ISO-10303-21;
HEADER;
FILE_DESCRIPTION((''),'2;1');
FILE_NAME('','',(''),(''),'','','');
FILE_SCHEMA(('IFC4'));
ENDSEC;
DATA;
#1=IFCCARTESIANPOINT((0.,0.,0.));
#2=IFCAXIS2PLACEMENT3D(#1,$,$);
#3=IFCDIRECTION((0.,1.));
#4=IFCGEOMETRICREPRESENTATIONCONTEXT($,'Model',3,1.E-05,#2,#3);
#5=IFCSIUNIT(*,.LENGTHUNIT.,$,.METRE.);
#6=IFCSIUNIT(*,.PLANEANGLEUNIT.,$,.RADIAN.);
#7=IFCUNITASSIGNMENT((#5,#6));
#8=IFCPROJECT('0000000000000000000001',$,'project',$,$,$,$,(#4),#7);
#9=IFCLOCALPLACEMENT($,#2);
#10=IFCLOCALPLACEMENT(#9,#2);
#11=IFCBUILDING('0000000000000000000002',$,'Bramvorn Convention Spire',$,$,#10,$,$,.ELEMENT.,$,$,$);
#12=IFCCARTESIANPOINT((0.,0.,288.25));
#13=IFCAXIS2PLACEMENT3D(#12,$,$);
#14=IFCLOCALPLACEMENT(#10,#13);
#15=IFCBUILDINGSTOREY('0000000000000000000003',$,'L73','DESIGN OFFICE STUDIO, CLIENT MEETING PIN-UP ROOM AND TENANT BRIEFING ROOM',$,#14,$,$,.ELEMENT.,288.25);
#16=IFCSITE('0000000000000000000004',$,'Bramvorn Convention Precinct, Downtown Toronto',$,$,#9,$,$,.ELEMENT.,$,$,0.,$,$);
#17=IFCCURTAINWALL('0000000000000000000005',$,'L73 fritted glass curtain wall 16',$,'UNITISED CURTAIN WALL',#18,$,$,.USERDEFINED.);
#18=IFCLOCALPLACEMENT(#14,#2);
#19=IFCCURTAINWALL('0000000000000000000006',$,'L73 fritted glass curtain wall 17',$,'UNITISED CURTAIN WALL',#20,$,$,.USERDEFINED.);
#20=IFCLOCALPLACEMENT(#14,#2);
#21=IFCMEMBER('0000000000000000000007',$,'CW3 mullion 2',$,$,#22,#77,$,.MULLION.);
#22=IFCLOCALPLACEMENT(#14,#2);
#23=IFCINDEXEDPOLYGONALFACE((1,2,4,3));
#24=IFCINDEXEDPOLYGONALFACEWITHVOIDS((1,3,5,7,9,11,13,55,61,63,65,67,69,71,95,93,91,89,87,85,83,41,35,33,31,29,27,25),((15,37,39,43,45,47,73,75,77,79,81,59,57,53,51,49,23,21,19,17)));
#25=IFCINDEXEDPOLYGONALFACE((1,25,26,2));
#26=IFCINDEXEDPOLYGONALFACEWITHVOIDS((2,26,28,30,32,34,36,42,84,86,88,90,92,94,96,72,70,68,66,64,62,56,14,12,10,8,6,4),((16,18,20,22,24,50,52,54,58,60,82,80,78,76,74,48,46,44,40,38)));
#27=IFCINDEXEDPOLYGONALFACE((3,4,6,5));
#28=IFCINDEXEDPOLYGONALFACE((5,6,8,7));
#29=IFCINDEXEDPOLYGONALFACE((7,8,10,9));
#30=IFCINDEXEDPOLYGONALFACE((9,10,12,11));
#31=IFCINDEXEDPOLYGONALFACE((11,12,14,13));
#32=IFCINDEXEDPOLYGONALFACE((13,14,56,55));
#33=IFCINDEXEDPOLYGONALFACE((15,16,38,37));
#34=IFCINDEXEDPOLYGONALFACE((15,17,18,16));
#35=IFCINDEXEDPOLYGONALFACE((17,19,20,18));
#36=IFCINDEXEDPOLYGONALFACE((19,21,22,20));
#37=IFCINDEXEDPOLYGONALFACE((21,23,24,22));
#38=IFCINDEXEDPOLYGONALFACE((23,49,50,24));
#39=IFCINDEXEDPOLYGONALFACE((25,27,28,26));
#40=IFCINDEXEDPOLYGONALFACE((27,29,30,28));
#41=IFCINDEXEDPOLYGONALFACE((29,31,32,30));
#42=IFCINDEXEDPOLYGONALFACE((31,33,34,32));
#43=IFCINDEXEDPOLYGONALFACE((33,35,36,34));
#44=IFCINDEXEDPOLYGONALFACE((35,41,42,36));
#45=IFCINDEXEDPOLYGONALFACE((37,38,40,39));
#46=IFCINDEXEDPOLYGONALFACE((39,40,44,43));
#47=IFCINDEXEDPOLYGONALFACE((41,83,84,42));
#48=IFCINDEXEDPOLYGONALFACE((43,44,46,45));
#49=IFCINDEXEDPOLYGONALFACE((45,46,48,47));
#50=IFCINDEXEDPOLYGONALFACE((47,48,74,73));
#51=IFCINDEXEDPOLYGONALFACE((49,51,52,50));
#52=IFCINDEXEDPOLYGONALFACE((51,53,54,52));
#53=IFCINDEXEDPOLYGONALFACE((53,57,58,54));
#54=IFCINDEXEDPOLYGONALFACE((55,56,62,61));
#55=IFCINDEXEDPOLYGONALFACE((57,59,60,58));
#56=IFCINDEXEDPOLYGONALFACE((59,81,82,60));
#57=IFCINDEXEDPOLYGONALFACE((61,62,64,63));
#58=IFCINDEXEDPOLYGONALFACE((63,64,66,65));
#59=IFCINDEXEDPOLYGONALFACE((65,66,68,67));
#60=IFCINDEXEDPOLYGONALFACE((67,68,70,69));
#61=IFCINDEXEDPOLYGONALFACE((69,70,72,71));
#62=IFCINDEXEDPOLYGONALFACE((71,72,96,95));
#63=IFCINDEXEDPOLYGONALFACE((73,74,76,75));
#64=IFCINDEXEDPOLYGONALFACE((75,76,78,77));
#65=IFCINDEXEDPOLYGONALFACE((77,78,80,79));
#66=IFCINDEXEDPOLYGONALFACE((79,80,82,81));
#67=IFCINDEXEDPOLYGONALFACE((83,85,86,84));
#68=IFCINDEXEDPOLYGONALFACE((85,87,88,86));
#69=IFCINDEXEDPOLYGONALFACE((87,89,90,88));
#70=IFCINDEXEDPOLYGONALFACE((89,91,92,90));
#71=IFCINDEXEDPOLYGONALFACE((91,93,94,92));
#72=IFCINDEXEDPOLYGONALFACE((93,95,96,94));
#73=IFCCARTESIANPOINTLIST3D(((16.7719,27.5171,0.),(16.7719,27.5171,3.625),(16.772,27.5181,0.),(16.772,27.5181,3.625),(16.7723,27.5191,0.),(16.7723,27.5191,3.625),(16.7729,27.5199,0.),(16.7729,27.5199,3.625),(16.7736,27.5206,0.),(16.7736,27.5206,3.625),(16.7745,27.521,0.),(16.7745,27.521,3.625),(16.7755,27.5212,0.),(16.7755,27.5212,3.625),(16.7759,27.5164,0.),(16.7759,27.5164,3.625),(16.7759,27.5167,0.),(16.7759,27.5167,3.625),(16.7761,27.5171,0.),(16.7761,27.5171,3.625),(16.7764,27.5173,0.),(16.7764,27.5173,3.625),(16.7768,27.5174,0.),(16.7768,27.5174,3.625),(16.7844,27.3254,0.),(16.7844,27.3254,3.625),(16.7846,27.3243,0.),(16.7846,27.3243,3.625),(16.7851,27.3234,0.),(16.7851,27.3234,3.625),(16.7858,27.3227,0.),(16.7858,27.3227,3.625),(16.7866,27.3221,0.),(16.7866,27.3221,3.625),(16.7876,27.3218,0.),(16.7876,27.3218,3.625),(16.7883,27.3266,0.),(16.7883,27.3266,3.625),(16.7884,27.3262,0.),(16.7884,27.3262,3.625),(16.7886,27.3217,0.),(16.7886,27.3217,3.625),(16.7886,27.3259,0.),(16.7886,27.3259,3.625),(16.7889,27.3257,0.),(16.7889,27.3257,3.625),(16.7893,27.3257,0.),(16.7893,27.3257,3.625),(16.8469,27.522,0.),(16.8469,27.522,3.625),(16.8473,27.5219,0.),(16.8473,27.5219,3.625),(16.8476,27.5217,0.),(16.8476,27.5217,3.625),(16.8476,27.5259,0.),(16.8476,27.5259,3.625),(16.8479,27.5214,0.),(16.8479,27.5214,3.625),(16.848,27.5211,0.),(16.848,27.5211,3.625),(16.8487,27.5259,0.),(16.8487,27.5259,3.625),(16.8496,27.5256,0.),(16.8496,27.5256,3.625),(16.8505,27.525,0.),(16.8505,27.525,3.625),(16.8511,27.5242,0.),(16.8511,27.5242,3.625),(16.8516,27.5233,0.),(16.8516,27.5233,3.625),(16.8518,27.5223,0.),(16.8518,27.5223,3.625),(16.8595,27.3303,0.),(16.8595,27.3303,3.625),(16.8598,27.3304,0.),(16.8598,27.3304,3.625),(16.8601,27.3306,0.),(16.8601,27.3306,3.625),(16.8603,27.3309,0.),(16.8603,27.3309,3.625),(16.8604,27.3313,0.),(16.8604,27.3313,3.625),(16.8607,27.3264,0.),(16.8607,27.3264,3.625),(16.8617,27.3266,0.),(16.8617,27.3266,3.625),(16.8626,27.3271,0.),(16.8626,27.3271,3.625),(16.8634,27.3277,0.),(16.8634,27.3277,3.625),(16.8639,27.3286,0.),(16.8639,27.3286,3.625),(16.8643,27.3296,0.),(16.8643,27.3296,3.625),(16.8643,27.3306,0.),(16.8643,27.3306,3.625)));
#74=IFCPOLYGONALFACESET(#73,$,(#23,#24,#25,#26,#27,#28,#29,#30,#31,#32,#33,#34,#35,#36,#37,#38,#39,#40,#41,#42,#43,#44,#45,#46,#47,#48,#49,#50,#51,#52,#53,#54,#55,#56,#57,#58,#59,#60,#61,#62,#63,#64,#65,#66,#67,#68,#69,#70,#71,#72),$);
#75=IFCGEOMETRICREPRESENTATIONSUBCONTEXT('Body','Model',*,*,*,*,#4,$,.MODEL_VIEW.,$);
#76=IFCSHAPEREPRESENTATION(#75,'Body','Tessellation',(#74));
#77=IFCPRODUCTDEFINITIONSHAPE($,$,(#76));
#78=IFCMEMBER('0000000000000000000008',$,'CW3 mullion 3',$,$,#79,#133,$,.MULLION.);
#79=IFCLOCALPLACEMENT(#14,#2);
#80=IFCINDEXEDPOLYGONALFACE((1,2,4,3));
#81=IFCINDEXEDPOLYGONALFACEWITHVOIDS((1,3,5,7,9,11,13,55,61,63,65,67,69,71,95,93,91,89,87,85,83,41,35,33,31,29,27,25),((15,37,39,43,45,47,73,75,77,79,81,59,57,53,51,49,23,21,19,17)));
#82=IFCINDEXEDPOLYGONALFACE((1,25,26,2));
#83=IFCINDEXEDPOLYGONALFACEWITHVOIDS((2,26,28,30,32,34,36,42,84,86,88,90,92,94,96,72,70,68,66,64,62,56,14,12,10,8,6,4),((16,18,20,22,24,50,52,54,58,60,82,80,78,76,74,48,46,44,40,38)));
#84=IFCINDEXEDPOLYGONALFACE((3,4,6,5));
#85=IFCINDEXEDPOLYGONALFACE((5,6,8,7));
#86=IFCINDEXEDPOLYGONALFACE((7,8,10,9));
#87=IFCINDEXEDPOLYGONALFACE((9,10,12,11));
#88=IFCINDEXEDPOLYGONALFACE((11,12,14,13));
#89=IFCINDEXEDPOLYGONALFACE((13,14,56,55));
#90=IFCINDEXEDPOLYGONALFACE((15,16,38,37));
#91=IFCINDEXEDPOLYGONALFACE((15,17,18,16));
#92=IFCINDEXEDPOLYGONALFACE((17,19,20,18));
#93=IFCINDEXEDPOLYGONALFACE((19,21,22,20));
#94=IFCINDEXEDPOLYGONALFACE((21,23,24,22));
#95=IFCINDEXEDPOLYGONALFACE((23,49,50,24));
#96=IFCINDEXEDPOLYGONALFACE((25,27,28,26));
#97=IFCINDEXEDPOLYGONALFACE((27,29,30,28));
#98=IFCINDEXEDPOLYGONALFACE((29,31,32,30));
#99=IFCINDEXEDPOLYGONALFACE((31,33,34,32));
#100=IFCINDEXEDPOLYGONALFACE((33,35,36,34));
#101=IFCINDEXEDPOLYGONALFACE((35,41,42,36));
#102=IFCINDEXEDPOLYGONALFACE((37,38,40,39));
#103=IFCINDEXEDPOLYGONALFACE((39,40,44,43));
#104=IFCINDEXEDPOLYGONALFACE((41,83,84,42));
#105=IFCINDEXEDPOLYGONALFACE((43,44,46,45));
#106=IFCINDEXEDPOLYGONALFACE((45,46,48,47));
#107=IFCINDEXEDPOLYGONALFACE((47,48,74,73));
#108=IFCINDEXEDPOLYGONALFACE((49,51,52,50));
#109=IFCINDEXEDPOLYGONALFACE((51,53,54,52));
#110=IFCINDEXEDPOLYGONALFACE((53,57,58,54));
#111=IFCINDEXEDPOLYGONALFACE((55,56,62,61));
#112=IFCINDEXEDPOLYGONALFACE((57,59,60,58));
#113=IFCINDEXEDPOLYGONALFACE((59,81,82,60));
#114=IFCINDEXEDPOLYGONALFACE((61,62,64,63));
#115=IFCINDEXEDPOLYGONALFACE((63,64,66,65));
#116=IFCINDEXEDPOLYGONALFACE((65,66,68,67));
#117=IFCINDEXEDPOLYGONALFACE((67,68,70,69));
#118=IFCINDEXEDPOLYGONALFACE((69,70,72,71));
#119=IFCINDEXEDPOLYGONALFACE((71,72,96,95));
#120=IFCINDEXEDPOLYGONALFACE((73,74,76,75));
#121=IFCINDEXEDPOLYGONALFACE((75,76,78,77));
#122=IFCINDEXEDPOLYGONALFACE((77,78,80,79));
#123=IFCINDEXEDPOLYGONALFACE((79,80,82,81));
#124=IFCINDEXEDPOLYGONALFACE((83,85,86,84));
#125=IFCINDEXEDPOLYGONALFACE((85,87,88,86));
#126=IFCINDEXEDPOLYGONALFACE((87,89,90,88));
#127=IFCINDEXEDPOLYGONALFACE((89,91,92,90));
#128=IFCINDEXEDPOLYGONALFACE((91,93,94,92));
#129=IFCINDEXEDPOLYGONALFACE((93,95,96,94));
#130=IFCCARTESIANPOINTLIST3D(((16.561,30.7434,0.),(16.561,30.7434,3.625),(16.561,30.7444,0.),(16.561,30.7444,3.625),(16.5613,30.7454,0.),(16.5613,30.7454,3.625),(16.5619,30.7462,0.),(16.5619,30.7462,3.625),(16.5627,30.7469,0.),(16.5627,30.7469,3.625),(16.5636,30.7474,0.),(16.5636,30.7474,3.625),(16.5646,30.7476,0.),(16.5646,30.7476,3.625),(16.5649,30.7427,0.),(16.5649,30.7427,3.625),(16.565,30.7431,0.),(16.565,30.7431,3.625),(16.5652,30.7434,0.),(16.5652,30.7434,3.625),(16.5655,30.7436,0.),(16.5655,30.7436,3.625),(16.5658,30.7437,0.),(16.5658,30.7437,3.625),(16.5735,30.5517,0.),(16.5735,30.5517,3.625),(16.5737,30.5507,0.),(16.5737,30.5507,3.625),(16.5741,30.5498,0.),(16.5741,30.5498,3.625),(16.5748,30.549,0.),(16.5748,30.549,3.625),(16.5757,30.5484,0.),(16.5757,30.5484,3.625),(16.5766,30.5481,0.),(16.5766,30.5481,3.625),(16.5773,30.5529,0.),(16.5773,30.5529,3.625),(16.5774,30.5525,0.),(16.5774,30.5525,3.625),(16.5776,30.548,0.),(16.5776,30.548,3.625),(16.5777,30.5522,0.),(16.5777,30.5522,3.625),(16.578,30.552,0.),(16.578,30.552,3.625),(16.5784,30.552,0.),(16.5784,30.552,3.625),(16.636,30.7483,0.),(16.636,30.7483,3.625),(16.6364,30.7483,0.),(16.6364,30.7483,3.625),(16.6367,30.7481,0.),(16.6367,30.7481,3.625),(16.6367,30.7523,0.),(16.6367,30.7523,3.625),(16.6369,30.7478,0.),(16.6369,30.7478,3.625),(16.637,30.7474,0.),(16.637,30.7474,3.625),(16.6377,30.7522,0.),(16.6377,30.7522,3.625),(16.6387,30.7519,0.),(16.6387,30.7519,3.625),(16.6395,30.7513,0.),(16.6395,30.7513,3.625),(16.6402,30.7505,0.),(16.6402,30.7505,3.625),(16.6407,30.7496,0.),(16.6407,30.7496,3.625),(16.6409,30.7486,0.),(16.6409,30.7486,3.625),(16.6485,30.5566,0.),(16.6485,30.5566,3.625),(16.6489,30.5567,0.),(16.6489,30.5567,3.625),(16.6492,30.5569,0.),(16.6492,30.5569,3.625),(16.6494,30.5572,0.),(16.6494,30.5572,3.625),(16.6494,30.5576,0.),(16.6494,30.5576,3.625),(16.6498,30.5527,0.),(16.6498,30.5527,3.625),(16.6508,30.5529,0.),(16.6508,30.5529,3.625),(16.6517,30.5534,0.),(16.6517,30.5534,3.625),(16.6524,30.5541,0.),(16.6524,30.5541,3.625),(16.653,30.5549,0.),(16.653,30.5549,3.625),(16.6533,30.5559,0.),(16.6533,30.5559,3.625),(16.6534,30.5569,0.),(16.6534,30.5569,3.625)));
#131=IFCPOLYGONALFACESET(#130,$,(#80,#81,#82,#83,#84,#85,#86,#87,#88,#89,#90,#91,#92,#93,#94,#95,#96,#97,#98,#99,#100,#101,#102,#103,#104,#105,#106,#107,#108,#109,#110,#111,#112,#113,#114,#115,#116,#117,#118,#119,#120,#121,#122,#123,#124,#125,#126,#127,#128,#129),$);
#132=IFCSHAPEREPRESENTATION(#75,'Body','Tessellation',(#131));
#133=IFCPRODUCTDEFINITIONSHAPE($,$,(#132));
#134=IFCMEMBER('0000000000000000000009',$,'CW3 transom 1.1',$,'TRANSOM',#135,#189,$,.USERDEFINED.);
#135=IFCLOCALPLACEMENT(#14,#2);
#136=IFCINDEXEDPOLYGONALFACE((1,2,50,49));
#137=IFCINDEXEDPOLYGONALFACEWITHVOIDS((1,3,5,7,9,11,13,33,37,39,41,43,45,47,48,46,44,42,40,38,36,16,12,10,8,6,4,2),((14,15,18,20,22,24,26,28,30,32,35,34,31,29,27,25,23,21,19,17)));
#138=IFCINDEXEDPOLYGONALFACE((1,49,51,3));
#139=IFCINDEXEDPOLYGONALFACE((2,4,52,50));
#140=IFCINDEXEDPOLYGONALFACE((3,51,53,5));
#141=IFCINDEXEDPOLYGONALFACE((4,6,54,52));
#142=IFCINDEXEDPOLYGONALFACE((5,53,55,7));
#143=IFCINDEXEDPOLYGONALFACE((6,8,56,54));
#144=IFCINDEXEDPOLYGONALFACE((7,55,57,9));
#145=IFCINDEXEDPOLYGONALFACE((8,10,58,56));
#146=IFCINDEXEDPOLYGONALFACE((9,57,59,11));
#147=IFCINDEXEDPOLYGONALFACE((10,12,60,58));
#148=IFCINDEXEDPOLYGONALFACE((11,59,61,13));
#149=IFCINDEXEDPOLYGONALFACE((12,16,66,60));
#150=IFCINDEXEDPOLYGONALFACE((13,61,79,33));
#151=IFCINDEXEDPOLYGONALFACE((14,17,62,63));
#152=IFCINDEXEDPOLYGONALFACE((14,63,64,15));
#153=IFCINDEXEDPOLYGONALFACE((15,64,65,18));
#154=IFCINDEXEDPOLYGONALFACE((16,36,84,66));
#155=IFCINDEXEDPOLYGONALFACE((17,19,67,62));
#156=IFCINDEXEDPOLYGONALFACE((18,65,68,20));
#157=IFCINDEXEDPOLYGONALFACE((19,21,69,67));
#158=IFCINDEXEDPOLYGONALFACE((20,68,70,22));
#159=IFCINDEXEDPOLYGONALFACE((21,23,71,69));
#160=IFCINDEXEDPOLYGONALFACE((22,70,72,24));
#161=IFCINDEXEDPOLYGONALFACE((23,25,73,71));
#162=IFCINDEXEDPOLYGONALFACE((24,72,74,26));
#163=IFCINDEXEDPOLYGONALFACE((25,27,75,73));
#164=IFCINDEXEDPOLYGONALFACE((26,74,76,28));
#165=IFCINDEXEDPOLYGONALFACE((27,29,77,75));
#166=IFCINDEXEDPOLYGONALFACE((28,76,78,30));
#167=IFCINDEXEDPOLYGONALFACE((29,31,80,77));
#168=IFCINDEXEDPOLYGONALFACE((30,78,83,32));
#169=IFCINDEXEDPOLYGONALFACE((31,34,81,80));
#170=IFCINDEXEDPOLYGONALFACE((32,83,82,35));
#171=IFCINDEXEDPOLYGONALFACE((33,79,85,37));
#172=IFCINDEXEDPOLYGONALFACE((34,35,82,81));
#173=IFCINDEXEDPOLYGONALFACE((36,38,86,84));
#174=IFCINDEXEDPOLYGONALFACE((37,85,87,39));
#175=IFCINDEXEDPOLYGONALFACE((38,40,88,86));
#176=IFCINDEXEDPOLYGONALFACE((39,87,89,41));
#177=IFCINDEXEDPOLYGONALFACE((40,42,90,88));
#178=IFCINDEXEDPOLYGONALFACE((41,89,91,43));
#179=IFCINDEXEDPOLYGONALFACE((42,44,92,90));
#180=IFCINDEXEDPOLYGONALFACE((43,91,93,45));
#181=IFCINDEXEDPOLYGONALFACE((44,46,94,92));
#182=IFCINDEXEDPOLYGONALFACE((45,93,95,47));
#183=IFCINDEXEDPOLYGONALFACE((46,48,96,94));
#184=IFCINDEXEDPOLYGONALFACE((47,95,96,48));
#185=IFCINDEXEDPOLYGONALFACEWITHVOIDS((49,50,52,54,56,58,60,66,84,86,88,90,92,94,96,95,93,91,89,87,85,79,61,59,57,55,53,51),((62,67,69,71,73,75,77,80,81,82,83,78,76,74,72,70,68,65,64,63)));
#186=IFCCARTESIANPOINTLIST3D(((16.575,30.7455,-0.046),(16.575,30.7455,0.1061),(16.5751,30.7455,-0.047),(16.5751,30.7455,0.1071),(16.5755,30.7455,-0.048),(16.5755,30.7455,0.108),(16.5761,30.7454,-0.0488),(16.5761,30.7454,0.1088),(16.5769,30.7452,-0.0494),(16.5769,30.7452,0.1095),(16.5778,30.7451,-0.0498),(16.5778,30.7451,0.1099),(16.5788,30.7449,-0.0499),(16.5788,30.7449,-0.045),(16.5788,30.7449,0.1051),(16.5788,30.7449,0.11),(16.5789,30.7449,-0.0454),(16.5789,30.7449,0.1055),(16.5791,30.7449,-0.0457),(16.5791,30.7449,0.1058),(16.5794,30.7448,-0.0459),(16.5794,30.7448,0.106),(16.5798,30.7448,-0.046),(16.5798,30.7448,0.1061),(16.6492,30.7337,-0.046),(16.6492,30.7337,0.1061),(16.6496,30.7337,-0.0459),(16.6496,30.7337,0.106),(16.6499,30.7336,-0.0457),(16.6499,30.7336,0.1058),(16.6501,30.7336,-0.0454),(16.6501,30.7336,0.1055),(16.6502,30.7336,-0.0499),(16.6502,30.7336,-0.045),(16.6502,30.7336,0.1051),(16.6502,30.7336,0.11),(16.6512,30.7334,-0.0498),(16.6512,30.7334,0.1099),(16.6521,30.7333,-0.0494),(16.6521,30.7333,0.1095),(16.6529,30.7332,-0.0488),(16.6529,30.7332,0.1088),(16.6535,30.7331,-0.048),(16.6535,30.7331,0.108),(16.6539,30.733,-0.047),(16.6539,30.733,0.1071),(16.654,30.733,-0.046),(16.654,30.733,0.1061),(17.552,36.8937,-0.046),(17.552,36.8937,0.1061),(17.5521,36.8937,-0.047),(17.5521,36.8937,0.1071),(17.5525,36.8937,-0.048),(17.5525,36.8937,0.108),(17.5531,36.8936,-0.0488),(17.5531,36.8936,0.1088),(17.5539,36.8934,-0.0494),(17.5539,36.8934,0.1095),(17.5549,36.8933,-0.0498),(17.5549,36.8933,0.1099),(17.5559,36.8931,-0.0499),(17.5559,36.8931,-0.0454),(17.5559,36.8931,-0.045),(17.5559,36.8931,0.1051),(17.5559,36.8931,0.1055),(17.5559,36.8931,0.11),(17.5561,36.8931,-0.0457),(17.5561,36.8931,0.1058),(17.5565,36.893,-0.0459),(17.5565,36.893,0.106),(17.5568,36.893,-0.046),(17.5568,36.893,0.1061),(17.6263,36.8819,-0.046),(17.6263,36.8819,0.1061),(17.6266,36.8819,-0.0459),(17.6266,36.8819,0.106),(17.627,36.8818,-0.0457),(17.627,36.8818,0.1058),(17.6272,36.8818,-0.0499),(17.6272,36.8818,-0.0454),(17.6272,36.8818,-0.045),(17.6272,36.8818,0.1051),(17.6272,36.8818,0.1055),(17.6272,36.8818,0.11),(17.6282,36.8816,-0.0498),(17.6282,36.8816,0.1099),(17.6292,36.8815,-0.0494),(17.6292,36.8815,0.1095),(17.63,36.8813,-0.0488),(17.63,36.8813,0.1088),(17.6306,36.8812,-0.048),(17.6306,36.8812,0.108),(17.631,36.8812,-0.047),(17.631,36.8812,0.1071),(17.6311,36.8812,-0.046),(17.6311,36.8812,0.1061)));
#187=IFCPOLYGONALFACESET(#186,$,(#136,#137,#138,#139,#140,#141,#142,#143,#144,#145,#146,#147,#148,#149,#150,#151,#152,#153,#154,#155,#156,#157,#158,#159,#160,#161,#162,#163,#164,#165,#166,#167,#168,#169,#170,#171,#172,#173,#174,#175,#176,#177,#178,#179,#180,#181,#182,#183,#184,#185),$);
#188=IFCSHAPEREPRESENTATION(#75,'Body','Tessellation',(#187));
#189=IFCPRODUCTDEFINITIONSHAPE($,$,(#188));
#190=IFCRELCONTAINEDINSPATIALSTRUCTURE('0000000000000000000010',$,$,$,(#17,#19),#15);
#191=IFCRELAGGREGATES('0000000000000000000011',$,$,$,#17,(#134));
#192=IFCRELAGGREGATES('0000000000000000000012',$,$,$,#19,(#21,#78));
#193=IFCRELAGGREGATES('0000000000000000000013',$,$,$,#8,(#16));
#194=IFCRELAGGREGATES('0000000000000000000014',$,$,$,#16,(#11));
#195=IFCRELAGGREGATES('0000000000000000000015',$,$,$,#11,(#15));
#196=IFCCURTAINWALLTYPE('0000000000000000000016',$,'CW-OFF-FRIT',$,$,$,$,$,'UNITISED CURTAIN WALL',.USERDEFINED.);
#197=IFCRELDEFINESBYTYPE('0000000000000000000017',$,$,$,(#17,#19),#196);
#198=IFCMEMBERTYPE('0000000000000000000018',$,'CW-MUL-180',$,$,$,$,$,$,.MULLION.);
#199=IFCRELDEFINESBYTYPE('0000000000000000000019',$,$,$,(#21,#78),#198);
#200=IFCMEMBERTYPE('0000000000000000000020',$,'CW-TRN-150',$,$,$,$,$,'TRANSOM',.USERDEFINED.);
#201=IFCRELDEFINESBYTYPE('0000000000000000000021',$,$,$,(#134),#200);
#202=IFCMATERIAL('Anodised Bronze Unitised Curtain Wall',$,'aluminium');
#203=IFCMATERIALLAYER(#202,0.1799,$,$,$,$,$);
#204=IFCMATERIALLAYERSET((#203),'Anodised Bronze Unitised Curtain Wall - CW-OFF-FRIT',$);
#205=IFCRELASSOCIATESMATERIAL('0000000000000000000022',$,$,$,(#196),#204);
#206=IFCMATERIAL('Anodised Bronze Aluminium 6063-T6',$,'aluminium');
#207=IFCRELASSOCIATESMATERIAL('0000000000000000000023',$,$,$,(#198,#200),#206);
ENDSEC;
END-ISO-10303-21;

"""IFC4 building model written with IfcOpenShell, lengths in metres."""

from ifc_helpers import new_model, si_unit, direction, frame, origin, origin_2d, place, context, subcontext, project, spatial, hollow_rectangle, extrude, material, layer, layer_set, material_profile, profile_set, type_object, element, aggregate, save


model = new_model("IFC4")

# Units and contexts
model_context = context("Model", 3, precision=1e-05, world=origin(), true_north=direction((0.0, 1.0)))
body_context = subcontext(model_context, "Body", "Model", "MODEL_VIEW")
ifc_project = project(units=[si_unit("LENGTHUNIT", "METRE"), si_unit("PLANEANGLEUNIT", "RADIAN")], contexts=[model_context])

# Site, building, storey
site_placement = place(None, origin())
site = spatial("IfcSite", under=ifc_project, at=site_placement, Name="Bramvorn Convention Precinct, Downtown Toronto", CompositionType="ELEMENT", RefElevation=0.0)
building_placement = place(site_placement, origin())
building = spatial("IfcBuilding", under=site, at=building_placement, Name="Bramvorn Convention Spire", CompositionType="ELEMENT")
storey_placement = place(building_placement, frame((0.0, 0.0, 288.25)))
storey = spatial("IfcBuildingStorey", under=building, at=storey_placement, Name="L73", Description="DESIGN OFFICE STUDIO, CLIENT MEETING PIN-UP ROOM AND TENANT BRIEFING ROOM", CompositionType="ELEMENT", Elevation=288.25)

# Curtain wall
ifc_material_1 = material(Name="Anodised Bronze Unitised Curtain Wall", Category="aluminium")
ifc_layer_1 = layer(ifc_material_1, 0.1799)
ifc_layer_set_1 = layer_set([ifc_layer_1], Name="Anodised Bronze Unitised Curtain Wall - CW-OFF-FRIT")
curtain_wall_type = type_object("IfcCurtainWallType", Name="CW-OFF-FRIT", ElementType="UNITISED CURTAIN WALL", PredefinedType="USERDEFINED", material=ifc_layer_set_1)
curtain_wall_1_placement = place(storey_placement, origin())
curtain_wall_1 = element("IfcCurtainWall", 1, at=curtain_wall_1_placement, inside=storey, type_object=curtain_wall_type, Name="L73 fritted glass curtain wall 16", ObjectType="UNITISED CURTAIN WALL", PredefinedType="USERDEFINED")
ifc_material_2 = material(Name="Anodised Bronze Aluminium 6063-T6", Category="aluminium")
ifc_material_profile_1 = material_profile(ifc_material_2, hollow_rectangle(XDim=0.0801, YDim=0.2, WallThickness=0.0039, InnerFilletRadius=0.001, OuterFilletRadius=0.0039, at=origin_2d()))
ifc_profile_set_1 = profile_set([ifc_material_profile_1], Name="Anodised Bronze Aluminium 6063-T6 - CWM80X200")
member_type_1 = type_object("IfcMemberType", Name="CW-MUL-180", PredefinedType="MULLION", material=ifc_profile_set_1)

# Curtain wall, members
curtain_wall_2_placement = place(storey_placement, origin())
curtain_wall_2 = element("IfcCurtainWall", 2, at=curtain_wall_2_placement, inside=storey, type_object=curtain_wall_type, Name="L73 fritted glass curtain wall 17", ObjectType="UNITISED CURTAIN WALL", PredefinedType="USERDEFINED")
member_1_placement = place(storey_placement, frame((16.8181, 27.4238, 0.0), z_axis=(0.0, 0.0, 1.0), x_axis=(-0.997867, -0.065275, 0.0)))
member_1 = element("IfcMember", 3, at=member_1_placement, type_object=member_type_1, Name="CW3 mullion 2", PredefinedType="MULLION", context=body_context, shape_type="SweptSolid", body=[
    extrude(hollow_rectangle(XDim=0.0801, YDim=0.2, WallThickness=0.0039, InnerFilletRadius=0.001, OuterFilletRadius=0.0039, at=origin_2d()), origin(), (0.0, 0.0, 1.0), 3.625),
])
member_2_placement = place(storey_placement, frame((16.6072, 30.6501, 0.0), z_axis=(0.0, 0.0, 1.0), x_axis=(-0.997867, -0.065275, 0.0)))
member_2 = element("IfcMember", 4, at=member_2_placement, type_object=member_type_1, Name="CW3 mullion 3", PredefinedType="MULLION", context=body_context, shape_type="SweptSolid", body=[
    extrude(hollow_rectangle(XDim=0.0801, YDim=0.2, WallThickness=0.0039, InnerFilletRadius=0.001, OuterFilletRadius=0.0039, at=origin_2d()), origin(), (0.0, 0.0, 1.0), 3.625),
])

# Member
ifc_material_profile_2 = material_profile(ifc_material_2, hollow_rectangle(XDim=0.0801, YDim=0.1599, WallThickness=0.0039, InnerFilletRadius=0.001, OuterFilletRadius=0.0039, at=origin_2d()))
ifc_profile_set_2 = profile_set([ifc_material_profile_2], Name="Anodised Bronze Aluminium 6063-T6 - CWT80X160")
member_type_2 = type_object("IfcMemberType", Name="CW-TRN-150", ElementType="TRANSOM", PredefinedType="USERDEFINED", material=ifc_profile_set_2)
member_3_placement = place(storey_placement, frame((16.6145, 30.7393, 0.03), z_axis=(0.156947, 0.987607, 0.0), x_axis=(-0.987607, 0.156947, 0.0)))
member_3 = element("IfcMember", 5, at=member_3_placement, type_object=member_type_2, Name="CW3 transom 1.1", ObjectType="TRANSOM", PredefinedType="USERDEFINED", context=body_context, shape_type="SweptSolid", body=[
    extrude(hollow_rectangle(XDim=0.0801, YDim=0.1599, WallThickness=0.0039, InnerFilletRadius=0.001, OuterFilletRadius=0.0039, at=origin_2d()), origin(), (0.0, 0.0, 1.0), 6.2253),
])
aggregate(curtain_wall_1, [member_3])

aggregate(curtain_wall_2, [member_1, member_2])

save(model, "model.ifc")
